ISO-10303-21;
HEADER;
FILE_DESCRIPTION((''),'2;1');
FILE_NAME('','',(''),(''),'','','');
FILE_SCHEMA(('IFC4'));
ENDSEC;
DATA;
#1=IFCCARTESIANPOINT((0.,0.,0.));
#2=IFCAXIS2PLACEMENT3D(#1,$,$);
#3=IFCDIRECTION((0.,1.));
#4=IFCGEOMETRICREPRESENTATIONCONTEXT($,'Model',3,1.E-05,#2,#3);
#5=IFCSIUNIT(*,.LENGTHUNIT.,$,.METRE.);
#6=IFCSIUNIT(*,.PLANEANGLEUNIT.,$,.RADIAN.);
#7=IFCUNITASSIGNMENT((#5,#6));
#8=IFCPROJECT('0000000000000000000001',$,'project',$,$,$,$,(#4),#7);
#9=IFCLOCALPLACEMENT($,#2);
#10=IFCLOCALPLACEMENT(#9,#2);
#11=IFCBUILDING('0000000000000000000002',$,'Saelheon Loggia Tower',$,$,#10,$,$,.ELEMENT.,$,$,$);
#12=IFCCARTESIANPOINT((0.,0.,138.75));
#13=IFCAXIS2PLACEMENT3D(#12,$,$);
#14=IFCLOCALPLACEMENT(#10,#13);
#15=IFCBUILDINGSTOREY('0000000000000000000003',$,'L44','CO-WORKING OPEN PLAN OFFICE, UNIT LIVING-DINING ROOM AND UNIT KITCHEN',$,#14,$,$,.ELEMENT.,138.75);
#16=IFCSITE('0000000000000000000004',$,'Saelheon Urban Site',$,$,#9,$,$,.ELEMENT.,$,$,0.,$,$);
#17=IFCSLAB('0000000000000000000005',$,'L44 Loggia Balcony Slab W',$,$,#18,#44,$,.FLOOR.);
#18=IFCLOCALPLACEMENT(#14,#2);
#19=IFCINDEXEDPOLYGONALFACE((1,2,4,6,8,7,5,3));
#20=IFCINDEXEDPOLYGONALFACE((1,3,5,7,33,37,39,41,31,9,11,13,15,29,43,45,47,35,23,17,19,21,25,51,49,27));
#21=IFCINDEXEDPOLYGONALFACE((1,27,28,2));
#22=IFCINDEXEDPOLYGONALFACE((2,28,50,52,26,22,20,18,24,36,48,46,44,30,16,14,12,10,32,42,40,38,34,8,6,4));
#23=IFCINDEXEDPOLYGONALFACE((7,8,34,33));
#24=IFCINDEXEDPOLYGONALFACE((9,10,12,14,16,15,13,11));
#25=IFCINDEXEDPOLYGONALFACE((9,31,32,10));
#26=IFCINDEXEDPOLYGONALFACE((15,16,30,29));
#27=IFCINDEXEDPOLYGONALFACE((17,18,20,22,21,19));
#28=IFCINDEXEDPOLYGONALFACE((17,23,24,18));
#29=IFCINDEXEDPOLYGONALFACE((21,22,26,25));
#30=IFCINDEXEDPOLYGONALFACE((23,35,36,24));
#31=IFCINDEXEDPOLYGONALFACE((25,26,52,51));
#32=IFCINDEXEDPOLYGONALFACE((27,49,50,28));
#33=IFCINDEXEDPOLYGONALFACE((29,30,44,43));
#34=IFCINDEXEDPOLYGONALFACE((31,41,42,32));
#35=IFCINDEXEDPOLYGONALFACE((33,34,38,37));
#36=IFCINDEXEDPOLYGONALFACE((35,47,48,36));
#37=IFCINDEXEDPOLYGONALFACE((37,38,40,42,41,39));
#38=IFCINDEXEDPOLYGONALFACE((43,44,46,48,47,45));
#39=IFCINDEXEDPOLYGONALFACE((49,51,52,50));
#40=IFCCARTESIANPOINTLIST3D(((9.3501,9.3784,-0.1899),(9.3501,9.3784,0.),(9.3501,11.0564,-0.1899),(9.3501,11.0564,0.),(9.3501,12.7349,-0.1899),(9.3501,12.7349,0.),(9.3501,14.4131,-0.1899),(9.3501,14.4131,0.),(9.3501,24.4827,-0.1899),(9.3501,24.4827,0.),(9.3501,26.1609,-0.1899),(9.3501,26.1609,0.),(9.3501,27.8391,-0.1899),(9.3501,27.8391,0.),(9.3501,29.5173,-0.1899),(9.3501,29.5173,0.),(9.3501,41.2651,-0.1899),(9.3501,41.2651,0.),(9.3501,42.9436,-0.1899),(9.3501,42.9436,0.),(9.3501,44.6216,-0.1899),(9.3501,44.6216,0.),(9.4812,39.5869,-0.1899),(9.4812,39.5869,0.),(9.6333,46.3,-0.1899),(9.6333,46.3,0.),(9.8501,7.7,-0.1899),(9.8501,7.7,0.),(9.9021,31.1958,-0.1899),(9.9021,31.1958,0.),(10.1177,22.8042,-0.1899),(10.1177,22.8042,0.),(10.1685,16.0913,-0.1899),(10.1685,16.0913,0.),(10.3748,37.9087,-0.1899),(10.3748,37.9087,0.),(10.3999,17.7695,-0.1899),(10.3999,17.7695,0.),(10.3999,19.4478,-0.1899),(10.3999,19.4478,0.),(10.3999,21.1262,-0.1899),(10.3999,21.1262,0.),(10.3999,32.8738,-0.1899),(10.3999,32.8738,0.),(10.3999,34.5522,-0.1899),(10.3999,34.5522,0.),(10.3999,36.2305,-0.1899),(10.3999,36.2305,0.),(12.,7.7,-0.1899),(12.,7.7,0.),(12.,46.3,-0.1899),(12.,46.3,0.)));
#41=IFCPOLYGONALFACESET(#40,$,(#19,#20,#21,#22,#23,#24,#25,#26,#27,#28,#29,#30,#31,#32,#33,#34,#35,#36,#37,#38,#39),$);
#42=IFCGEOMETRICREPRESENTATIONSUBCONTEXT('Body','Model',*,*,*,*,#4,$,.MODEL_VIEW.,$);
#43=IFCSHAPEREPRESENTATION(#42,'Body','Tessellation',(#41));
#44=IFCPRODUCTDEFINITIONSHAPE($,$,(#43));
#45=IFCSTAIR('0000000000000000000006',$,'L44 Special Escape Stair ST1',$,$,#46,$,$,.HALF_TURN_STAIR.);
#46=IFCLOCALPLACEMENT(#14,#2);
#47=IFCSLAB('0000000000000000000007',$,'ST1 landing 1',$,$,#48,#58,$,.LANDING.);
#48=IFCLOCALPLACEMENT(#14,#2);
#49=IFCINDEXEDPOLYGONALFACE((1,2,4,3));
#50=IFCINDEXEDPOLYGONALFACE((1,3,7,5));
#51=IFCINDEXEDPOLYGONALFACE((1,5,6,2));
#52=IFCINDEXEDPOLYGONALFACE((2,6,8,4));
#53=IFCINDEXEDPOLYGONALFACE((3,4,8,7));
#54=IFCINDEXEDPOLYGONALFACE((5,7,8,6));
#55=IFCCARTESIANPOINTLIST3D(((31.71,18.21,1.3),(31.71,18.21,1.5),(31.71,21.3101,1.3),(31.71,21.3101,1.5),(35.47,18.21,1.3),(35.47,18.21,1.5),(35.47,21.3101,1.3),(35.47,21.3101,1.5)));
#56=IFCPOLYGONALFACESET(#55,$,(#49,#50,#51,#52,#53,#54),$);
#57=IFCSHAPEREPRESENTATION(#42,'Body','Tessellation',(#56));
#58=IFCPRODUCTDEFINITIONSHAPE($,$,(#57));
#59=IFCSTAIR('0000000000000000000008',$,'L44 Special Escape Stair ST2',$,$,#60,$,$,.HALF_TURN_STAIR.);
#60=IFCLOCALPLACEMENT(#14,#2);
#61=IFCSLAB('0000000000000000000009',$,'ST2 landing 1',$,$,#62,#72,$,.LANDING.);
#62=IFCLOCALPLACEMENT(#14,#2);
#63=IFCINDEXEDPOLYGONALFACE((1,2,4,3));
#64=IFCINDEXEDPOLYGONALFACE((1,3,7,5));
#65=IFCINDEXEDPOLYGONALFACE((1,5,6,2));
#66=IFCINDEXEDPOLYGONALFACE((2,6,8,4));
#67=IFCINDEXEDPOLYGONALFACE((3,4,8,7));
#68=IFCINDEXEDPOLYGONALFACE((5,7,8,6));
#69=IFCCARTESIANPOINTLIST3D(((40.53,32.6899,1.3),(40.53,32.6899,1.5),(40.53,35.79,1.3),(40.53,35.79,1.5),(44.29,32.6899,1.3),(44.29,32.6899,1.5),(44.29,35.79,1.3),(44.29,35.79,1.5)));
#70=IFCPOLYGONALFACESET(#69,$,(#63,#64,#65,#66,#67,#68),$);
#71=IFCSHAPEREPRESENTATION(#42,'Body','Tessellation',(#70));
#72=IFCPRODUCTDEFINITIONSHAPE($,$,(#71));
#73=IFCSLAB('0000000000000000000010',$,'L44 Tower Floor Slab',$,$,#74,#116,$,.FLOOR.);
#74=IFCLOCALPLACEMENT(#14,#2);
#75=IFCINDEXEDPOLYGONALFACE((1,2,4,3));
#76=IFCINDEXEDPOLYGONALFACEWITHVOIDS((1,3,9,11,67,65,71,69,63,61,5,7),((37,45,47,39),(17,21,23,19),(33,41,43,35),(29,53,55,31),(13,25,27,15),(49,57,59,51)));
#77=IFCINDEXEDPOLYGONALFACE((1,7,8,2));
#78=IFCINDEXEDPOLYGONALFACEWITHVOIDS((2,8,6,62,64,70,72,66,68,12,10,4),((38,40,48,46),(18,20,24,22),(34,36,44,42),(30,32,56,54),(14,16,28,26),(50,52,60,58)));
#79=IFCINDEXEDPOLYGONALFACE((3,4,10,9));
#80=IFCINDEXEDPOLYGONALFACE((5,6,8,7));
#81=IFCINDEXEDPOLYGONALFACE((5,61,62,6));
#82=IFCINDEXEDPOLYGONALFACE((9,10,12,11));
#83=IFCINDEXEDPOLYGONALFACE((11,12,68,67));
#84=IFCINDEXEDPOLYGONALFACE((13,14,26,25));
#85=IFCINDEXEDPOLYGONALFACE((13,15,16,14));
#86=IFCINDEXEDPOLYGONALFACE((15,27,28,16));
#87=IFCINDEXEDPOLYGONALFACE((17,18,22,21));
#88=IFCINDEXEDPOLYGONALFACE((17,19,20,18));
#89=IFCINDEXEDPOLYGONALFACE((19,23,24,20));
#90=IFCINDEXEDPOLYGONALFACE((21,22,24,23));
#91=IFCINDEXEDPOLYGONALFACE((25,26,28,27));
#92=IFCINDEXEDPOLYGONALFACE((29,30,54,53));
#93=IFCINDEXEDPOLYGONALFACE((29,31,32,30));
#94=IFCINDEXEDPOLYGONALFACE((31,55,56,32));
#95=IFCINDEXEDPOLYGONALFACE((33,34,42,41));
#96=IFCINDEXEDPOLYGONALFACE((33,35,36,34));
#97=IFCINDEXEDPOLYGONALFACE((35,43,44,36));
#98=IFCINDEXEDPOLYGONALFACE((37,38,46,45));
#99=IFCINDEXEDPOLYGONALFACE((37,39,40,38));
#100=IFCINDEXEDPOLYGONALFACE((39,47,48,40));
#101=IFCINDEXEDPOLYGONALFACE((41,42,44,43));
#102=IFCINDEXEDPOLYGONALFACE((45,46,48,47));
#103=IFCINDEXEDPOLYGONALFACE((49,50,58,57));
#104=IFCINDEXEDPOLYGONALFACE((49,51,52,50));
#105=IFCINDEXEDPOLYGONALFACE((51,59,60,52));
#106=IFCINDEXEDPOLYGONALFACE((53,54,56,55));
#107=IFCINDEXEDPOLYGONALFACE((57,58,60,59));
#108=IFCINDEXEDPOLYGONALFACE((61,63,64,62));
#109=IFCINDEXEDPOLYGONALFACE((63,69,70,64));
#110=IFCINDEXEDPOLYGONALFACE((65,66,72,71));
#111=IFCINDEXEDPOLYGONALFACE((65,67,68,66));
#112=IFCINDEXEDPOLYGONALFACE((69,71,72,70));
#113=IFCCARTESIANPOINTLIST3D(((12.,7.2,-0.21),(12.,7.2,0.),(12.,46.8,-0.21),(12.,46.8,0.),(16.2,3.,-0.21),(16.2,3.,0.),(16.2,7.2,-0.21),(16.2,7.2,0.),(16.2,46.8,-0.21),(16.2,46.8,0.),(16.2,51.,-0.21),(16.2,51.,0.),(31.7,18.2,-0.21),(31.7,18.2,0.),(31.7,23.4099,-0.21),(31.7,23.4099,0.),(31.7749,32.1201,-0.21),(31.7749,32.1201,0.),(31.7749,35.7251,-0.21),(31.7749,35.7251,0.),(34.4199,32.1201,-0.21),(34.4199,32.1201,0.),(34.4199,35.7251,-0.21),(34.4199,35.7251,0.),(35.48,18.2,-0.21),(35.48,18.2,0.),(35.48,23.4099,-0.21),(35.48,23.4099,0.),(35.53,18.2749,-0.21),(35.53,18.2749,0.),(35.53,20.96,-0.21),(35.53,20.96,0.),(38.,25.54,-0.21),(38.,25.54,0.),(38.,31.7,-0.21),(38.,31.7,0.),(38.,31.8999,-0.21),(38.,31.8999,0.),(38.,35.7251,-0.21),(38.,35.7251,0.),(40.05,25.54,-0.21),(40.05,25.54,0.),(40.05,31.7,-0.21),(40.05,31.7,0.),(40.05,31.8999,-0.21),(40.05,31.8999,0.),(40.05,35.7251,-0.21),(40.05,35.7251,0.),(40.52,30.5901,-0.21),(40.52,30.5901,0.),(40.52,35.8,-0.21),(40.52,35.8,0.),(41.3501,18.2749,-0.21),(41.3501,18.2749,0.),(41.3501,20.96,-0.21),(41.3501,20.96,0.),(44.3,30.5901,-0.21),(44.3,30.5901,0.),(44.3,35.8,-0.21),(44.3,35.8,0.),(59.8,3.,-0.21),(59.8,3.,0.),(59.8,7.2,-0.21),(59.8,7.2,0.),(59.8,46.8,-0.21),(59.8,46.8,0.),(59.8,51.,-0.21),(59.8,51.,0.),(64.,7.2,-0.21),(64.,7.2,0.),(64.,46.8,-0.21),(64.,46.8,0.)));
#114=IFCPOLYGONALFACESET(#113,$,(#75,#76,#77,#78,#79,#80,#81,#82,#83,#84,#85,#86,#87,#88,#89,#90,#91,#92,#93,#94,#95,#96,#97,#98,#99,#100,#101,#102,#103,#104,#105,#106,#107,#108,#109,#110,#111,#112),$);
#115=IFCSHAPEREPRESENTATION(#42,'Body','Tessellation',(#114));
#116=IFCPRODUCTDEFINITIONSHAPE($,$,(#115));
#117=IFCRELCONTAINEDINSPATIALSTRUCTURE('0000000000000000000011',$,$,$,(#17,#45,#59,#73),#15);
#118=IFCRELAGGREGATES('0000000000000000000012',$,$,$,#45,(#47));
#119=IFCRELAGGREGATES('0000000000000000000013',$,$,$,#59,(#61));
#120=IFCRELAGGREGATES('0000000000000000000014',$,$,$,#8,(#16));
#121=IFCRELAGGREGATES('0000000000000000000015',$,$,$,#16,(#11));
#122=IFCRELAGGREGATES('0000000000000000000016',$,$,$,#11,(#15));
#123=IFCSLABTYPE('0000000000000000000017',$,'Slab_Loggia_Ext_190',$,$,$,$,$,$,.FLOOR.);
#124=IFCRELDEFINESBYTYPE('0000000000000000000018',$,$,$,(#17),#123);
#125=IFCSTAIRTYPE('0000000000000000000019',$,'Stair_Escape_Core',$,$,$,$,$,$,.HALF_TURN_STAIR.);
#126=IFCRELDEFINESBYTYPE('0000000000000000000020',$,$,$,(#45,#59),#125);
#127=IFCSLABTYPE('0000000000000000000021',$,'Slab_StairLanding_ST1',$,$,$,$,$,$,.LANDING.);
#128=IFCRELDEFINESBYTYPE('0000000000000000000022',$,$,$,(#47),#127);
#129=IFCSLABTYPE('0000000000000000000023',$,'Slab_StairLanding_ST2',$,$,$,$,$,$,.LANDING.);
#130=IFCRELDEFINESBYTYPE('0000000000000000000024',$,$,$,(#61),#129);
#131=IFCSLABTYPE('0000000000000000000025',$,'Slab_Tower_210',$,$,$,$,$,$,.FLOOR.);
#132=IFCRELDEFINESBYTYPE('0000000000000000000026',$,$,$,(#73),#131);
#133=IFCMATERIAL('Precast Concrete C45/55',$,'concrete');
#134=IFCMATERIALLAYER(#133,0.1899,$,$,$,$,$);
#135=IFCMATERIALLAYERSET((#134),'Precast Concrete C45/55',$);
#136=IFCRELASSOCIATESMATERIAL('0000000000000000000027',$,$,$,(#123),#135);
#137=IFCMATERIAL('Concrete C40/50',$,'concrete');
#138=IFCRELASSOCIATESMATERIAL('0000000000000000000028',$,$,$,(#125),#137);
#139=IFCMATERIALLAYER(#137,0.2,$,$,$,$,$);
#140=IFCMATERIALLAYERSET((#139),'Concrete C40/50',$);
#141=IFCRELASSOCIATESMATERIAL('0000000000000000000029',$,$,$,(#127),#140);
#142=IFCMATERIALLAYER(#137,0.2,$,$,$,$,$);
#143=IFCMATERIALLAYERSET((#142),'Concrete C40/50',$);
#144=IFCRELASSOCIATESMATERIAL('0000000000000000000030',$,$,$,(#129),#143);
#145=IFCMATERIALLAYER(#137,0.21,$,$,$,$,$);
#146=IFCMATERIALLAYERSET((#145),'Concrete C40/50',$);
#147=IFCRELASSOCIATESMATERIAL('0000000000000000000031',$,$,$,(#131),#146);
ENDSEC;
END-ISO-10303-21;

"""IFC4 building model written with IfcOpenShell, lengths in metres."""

from ifc_helpers import new_model, si_unit, direction, frame, origin, place, context, subcontext, project, spatial, polyline, outline, extrude, material, layer, layer_set, type_object, element, aggregate, save


model = new_model("IFC4")

# Units and contexts
model_context = context("Model", 3, precision=1e-05, world=origin(), true_north=direction((0.0, 1.0)))
body_context = subcontext(model_context, "Body", "Model", "MODEL_VIEW")
ifc_project = project(units=[si_unit("LENGTHUNIT", "METRE"), si_unit("PLANEANGLEUNIT", "RADIAN")], contexts=[model_context])

# Site, building, storey
site_placement = place(None, origin())
site = spatial("IfcSite", under=ifc_project, at=site_placement, Name="Saelheon Urban Site", CompositionType="ELEMENT", RefElevation=0.0)
building_placement = place(site_placement, origin())
building = spatial("IfcBuilding", under=site, at=building_placement, Name="Saelheon Loggia Tower", CompositionType="ELEMENT")
storey_placement = place(building_placement, frame((0.0, 0.0, 138.75)))
storey = spatial("IfcBuildingStorey", under=building, at=storey_placement, Name="L44", Description="CO-WORKING OPEN PLAN OFFICE, UNIT LIVING-DINING ROOM AND UNIT KITCHEN", CompositionType="ELEMENT", Elevation=138.75)

# Shared definitions
ifc_material_1 = material(Name="Precast Concrete C45/55", Category="concrete")

# Shared definitions
ifc_material_2 = material(Name="Concrete C40/50", Category="concrete")

# Slab
ifc_layer_1 = layer(ifc_material_1, 0.1899)
ifc_layer_set_1 = layer_set([ifc_layer_1], Name="Precast Concrete C45/55")
slab_type_1 = type_object("IfcSlabType", Name="Slab_Loggia_Ext_190", PredefinedType="FLOOR", material=ifc_layer_set_1)
slab_1_placement = place(storey_placement, frame((0.0, 0.0, -0.1899)))
element("IfcSlab", 1, at=slab_1_placement, inside=storey, type_object=slab_type_1, Name="L44 Loggia Balcony Slab W", PredefinedType="FLOOR", context=body_context, shape_type="SweptSolid", body=[
    extrude(outline(polyline([(12.0, 7.7), (12.0, 46.3), (9.6333, 46.3), (9.3501, 44.6216), (9.3501, 42.9436), (9.3501, 41.2651), (9.4812, 39.5869), (10.3748, 37.9087), (10.3999, 36.2305), (10.3999, 34.5522), (10.3999, 32.8738), (9.9021, 31.1958), (9.3501, 29.5173), (9.3501, 27.8391), (9.3501, 26.1609), (9.3501, 24.4827), (10.1177, 22.8042), (10.3999, 21.1262), (10.3999, 19.4478), (10.3999, 17.7695), (10.1685, 16.0913), (9.3501, 14.4131), (9.3501, 12.7349), (9.3501, 11.0564), (9.3501, 9.3784), (9.8501, 7.7), (12.0, 7.7)])), origin(), (0.0, 0.0, 1.0), 0.1899),
])

# Stairs, slabs
stair_type = type_object("IfcStairType", Name="Stair_Escape_Core", PredefinedType="HALF_TURN_STAIR", material=ifc_material_2)
stair_1_placement = place(storey_placement, origin())
stair_1 = element("IfcStair", 2, at=stair_1_placement, inside=storey, type_object=stair_type, Name="L44 Special Escape Stair ST1", PredefinedType="HALF_TURN_STAIR")
ifc_layer_2 = layer(ifc_material_2, 0.2)
ifc_layer_set_2 = layer_set([ifc_layer_2], Name="Concrete C40/50")
slab_type_2 = type_object("IfcSlabType", Name="Slab_StairLanding_ST1", PredefinedType="LANDING", material=ifc_layer_set_2)
slab_2_placement = place(storey_placement, frame((0.0, 0.0, 1.3)))
slab_2 = element("IfcSlab", 3, at=slab_2_placement, type_object=slab_type_2, Name="ST1 landing 1", PredefinedType="LANDING", context=body_context, shape_type="SweptSolid", body=[
    extrude(outline(polyline([(31.71, 21.3101), (31.71, 18.21), (35.47, 18.21), (35.47, 21.3101), (31.71, 21.3101)])), origin(), (0.0, 0.0, 1.0), 0.2),
])
aggregate(stair_1, [slab_2])
stair_2_placement = place(storey_placement, origin())
stair_2 = element("IfcStair", 4, at=stair_2_placement, inside=storey, type_object=stair_type, Name="L44 Special Escape Stair ST2", PredefinedType="HALF_TURN_STAIR")
ifc_layer_3 = layer(ifc_material_2, 0.2)
ifc_layer_set_3 = layer_set([ifc_layer_3], Name="Concrete C40/50")
slab_type_3 = type_object("IfcSlabType", Name="Slab_StairLanding_ST2", PredefinedType="LANDING", material=ifc_layer_set_3)
slab_3_placement = place(storey_placement, frame((0.0, 0.0, 1.3)))
slab_3 = element("IfcSlab", 5, at=slab_3_placement, type_object=slab_type_3, Name="ST2 landing 1", PredefinedType="LANDING", context=body_context, shape_type="SweptSolid", body=[
    extrude(outline(polyline([(44.29, 32.6899), (44.29, 35.79), (40.53, 35.79), (40.53, 32.6899), (44.29, 32.6899)])), origin(), (0.0, 0.0, 1.0), 0.2),
])
aggregate(stair_2, [slab_3])

# Slab
ifc_layer_4 = layer(ifc_material_2, 0.21)
ifc_layer_set_4 = layer_set([ifc_layer_4], Name="Concrete C40/50")
slab_type_4 = type_object("IfcSlabType", Name="Slab_Tower_210", PredefinedType="FLOOR", material=ifc_layer_set_4)
slab_4_placement = place(storey_placement, frame((0.0, 0.0, -0.21)))
element("IfcSlab", 6, at=slab_4_placement, inside=storey, type_object=slab_type_4, Name="L44 Tower Floor Slab", PredefinedType="FLOOR", context=body_context, shape_type="SweptSolid", body=[
    extrude(outline(polyline([(16.2, 3.0), (59.8, 3.0), (59.8, 7.2), (64.0, 7.2), (64.0, 46.8), (59.8, 46.8), (59.8, 51.0), (16.2, 51.0), (16.2, 46.8), (12.0, 46.8), (12.0, 7.2), (16.2, 7.2), (16.2, 3.0)]), holes=[polyline([(31.7, 23.4099), (31.7, 18.2), (35.48, 18.2), (35.48, 23.4099), (31.7, 23.4099)]), polyline([(44.3, 30.5901), (44.3, 35.8), (40.52, 35.8), (40.52, 30.5901), (44.3, 30.5901)]), polyline([(35.53, 18.2749), (41.3501, 18.2749), (41.3501, 20.96), (35.53, 20.96), (35.53, 18.2749)]), polyline([(31.7749, 32.1201), (34.4199, 32.1201), (34.4199, 35.7251), (31.7749, 35.7251), (31.7749, 32.1201)]), polyline([(38.0, 31.8999), (40.05, 31.8999), (40.05, 35.7251), (38.0, 35.7251), (38.0, 31.8999)]), polyline([(38.0, 25.54), (40.05, 25.54), (40.05, 31.7), (38.0, 31.7), (38.0, 25.54)])]), origin(), (0.0, 0.0, 1.0), 0.21),
])

save(model, "model.ifc")
